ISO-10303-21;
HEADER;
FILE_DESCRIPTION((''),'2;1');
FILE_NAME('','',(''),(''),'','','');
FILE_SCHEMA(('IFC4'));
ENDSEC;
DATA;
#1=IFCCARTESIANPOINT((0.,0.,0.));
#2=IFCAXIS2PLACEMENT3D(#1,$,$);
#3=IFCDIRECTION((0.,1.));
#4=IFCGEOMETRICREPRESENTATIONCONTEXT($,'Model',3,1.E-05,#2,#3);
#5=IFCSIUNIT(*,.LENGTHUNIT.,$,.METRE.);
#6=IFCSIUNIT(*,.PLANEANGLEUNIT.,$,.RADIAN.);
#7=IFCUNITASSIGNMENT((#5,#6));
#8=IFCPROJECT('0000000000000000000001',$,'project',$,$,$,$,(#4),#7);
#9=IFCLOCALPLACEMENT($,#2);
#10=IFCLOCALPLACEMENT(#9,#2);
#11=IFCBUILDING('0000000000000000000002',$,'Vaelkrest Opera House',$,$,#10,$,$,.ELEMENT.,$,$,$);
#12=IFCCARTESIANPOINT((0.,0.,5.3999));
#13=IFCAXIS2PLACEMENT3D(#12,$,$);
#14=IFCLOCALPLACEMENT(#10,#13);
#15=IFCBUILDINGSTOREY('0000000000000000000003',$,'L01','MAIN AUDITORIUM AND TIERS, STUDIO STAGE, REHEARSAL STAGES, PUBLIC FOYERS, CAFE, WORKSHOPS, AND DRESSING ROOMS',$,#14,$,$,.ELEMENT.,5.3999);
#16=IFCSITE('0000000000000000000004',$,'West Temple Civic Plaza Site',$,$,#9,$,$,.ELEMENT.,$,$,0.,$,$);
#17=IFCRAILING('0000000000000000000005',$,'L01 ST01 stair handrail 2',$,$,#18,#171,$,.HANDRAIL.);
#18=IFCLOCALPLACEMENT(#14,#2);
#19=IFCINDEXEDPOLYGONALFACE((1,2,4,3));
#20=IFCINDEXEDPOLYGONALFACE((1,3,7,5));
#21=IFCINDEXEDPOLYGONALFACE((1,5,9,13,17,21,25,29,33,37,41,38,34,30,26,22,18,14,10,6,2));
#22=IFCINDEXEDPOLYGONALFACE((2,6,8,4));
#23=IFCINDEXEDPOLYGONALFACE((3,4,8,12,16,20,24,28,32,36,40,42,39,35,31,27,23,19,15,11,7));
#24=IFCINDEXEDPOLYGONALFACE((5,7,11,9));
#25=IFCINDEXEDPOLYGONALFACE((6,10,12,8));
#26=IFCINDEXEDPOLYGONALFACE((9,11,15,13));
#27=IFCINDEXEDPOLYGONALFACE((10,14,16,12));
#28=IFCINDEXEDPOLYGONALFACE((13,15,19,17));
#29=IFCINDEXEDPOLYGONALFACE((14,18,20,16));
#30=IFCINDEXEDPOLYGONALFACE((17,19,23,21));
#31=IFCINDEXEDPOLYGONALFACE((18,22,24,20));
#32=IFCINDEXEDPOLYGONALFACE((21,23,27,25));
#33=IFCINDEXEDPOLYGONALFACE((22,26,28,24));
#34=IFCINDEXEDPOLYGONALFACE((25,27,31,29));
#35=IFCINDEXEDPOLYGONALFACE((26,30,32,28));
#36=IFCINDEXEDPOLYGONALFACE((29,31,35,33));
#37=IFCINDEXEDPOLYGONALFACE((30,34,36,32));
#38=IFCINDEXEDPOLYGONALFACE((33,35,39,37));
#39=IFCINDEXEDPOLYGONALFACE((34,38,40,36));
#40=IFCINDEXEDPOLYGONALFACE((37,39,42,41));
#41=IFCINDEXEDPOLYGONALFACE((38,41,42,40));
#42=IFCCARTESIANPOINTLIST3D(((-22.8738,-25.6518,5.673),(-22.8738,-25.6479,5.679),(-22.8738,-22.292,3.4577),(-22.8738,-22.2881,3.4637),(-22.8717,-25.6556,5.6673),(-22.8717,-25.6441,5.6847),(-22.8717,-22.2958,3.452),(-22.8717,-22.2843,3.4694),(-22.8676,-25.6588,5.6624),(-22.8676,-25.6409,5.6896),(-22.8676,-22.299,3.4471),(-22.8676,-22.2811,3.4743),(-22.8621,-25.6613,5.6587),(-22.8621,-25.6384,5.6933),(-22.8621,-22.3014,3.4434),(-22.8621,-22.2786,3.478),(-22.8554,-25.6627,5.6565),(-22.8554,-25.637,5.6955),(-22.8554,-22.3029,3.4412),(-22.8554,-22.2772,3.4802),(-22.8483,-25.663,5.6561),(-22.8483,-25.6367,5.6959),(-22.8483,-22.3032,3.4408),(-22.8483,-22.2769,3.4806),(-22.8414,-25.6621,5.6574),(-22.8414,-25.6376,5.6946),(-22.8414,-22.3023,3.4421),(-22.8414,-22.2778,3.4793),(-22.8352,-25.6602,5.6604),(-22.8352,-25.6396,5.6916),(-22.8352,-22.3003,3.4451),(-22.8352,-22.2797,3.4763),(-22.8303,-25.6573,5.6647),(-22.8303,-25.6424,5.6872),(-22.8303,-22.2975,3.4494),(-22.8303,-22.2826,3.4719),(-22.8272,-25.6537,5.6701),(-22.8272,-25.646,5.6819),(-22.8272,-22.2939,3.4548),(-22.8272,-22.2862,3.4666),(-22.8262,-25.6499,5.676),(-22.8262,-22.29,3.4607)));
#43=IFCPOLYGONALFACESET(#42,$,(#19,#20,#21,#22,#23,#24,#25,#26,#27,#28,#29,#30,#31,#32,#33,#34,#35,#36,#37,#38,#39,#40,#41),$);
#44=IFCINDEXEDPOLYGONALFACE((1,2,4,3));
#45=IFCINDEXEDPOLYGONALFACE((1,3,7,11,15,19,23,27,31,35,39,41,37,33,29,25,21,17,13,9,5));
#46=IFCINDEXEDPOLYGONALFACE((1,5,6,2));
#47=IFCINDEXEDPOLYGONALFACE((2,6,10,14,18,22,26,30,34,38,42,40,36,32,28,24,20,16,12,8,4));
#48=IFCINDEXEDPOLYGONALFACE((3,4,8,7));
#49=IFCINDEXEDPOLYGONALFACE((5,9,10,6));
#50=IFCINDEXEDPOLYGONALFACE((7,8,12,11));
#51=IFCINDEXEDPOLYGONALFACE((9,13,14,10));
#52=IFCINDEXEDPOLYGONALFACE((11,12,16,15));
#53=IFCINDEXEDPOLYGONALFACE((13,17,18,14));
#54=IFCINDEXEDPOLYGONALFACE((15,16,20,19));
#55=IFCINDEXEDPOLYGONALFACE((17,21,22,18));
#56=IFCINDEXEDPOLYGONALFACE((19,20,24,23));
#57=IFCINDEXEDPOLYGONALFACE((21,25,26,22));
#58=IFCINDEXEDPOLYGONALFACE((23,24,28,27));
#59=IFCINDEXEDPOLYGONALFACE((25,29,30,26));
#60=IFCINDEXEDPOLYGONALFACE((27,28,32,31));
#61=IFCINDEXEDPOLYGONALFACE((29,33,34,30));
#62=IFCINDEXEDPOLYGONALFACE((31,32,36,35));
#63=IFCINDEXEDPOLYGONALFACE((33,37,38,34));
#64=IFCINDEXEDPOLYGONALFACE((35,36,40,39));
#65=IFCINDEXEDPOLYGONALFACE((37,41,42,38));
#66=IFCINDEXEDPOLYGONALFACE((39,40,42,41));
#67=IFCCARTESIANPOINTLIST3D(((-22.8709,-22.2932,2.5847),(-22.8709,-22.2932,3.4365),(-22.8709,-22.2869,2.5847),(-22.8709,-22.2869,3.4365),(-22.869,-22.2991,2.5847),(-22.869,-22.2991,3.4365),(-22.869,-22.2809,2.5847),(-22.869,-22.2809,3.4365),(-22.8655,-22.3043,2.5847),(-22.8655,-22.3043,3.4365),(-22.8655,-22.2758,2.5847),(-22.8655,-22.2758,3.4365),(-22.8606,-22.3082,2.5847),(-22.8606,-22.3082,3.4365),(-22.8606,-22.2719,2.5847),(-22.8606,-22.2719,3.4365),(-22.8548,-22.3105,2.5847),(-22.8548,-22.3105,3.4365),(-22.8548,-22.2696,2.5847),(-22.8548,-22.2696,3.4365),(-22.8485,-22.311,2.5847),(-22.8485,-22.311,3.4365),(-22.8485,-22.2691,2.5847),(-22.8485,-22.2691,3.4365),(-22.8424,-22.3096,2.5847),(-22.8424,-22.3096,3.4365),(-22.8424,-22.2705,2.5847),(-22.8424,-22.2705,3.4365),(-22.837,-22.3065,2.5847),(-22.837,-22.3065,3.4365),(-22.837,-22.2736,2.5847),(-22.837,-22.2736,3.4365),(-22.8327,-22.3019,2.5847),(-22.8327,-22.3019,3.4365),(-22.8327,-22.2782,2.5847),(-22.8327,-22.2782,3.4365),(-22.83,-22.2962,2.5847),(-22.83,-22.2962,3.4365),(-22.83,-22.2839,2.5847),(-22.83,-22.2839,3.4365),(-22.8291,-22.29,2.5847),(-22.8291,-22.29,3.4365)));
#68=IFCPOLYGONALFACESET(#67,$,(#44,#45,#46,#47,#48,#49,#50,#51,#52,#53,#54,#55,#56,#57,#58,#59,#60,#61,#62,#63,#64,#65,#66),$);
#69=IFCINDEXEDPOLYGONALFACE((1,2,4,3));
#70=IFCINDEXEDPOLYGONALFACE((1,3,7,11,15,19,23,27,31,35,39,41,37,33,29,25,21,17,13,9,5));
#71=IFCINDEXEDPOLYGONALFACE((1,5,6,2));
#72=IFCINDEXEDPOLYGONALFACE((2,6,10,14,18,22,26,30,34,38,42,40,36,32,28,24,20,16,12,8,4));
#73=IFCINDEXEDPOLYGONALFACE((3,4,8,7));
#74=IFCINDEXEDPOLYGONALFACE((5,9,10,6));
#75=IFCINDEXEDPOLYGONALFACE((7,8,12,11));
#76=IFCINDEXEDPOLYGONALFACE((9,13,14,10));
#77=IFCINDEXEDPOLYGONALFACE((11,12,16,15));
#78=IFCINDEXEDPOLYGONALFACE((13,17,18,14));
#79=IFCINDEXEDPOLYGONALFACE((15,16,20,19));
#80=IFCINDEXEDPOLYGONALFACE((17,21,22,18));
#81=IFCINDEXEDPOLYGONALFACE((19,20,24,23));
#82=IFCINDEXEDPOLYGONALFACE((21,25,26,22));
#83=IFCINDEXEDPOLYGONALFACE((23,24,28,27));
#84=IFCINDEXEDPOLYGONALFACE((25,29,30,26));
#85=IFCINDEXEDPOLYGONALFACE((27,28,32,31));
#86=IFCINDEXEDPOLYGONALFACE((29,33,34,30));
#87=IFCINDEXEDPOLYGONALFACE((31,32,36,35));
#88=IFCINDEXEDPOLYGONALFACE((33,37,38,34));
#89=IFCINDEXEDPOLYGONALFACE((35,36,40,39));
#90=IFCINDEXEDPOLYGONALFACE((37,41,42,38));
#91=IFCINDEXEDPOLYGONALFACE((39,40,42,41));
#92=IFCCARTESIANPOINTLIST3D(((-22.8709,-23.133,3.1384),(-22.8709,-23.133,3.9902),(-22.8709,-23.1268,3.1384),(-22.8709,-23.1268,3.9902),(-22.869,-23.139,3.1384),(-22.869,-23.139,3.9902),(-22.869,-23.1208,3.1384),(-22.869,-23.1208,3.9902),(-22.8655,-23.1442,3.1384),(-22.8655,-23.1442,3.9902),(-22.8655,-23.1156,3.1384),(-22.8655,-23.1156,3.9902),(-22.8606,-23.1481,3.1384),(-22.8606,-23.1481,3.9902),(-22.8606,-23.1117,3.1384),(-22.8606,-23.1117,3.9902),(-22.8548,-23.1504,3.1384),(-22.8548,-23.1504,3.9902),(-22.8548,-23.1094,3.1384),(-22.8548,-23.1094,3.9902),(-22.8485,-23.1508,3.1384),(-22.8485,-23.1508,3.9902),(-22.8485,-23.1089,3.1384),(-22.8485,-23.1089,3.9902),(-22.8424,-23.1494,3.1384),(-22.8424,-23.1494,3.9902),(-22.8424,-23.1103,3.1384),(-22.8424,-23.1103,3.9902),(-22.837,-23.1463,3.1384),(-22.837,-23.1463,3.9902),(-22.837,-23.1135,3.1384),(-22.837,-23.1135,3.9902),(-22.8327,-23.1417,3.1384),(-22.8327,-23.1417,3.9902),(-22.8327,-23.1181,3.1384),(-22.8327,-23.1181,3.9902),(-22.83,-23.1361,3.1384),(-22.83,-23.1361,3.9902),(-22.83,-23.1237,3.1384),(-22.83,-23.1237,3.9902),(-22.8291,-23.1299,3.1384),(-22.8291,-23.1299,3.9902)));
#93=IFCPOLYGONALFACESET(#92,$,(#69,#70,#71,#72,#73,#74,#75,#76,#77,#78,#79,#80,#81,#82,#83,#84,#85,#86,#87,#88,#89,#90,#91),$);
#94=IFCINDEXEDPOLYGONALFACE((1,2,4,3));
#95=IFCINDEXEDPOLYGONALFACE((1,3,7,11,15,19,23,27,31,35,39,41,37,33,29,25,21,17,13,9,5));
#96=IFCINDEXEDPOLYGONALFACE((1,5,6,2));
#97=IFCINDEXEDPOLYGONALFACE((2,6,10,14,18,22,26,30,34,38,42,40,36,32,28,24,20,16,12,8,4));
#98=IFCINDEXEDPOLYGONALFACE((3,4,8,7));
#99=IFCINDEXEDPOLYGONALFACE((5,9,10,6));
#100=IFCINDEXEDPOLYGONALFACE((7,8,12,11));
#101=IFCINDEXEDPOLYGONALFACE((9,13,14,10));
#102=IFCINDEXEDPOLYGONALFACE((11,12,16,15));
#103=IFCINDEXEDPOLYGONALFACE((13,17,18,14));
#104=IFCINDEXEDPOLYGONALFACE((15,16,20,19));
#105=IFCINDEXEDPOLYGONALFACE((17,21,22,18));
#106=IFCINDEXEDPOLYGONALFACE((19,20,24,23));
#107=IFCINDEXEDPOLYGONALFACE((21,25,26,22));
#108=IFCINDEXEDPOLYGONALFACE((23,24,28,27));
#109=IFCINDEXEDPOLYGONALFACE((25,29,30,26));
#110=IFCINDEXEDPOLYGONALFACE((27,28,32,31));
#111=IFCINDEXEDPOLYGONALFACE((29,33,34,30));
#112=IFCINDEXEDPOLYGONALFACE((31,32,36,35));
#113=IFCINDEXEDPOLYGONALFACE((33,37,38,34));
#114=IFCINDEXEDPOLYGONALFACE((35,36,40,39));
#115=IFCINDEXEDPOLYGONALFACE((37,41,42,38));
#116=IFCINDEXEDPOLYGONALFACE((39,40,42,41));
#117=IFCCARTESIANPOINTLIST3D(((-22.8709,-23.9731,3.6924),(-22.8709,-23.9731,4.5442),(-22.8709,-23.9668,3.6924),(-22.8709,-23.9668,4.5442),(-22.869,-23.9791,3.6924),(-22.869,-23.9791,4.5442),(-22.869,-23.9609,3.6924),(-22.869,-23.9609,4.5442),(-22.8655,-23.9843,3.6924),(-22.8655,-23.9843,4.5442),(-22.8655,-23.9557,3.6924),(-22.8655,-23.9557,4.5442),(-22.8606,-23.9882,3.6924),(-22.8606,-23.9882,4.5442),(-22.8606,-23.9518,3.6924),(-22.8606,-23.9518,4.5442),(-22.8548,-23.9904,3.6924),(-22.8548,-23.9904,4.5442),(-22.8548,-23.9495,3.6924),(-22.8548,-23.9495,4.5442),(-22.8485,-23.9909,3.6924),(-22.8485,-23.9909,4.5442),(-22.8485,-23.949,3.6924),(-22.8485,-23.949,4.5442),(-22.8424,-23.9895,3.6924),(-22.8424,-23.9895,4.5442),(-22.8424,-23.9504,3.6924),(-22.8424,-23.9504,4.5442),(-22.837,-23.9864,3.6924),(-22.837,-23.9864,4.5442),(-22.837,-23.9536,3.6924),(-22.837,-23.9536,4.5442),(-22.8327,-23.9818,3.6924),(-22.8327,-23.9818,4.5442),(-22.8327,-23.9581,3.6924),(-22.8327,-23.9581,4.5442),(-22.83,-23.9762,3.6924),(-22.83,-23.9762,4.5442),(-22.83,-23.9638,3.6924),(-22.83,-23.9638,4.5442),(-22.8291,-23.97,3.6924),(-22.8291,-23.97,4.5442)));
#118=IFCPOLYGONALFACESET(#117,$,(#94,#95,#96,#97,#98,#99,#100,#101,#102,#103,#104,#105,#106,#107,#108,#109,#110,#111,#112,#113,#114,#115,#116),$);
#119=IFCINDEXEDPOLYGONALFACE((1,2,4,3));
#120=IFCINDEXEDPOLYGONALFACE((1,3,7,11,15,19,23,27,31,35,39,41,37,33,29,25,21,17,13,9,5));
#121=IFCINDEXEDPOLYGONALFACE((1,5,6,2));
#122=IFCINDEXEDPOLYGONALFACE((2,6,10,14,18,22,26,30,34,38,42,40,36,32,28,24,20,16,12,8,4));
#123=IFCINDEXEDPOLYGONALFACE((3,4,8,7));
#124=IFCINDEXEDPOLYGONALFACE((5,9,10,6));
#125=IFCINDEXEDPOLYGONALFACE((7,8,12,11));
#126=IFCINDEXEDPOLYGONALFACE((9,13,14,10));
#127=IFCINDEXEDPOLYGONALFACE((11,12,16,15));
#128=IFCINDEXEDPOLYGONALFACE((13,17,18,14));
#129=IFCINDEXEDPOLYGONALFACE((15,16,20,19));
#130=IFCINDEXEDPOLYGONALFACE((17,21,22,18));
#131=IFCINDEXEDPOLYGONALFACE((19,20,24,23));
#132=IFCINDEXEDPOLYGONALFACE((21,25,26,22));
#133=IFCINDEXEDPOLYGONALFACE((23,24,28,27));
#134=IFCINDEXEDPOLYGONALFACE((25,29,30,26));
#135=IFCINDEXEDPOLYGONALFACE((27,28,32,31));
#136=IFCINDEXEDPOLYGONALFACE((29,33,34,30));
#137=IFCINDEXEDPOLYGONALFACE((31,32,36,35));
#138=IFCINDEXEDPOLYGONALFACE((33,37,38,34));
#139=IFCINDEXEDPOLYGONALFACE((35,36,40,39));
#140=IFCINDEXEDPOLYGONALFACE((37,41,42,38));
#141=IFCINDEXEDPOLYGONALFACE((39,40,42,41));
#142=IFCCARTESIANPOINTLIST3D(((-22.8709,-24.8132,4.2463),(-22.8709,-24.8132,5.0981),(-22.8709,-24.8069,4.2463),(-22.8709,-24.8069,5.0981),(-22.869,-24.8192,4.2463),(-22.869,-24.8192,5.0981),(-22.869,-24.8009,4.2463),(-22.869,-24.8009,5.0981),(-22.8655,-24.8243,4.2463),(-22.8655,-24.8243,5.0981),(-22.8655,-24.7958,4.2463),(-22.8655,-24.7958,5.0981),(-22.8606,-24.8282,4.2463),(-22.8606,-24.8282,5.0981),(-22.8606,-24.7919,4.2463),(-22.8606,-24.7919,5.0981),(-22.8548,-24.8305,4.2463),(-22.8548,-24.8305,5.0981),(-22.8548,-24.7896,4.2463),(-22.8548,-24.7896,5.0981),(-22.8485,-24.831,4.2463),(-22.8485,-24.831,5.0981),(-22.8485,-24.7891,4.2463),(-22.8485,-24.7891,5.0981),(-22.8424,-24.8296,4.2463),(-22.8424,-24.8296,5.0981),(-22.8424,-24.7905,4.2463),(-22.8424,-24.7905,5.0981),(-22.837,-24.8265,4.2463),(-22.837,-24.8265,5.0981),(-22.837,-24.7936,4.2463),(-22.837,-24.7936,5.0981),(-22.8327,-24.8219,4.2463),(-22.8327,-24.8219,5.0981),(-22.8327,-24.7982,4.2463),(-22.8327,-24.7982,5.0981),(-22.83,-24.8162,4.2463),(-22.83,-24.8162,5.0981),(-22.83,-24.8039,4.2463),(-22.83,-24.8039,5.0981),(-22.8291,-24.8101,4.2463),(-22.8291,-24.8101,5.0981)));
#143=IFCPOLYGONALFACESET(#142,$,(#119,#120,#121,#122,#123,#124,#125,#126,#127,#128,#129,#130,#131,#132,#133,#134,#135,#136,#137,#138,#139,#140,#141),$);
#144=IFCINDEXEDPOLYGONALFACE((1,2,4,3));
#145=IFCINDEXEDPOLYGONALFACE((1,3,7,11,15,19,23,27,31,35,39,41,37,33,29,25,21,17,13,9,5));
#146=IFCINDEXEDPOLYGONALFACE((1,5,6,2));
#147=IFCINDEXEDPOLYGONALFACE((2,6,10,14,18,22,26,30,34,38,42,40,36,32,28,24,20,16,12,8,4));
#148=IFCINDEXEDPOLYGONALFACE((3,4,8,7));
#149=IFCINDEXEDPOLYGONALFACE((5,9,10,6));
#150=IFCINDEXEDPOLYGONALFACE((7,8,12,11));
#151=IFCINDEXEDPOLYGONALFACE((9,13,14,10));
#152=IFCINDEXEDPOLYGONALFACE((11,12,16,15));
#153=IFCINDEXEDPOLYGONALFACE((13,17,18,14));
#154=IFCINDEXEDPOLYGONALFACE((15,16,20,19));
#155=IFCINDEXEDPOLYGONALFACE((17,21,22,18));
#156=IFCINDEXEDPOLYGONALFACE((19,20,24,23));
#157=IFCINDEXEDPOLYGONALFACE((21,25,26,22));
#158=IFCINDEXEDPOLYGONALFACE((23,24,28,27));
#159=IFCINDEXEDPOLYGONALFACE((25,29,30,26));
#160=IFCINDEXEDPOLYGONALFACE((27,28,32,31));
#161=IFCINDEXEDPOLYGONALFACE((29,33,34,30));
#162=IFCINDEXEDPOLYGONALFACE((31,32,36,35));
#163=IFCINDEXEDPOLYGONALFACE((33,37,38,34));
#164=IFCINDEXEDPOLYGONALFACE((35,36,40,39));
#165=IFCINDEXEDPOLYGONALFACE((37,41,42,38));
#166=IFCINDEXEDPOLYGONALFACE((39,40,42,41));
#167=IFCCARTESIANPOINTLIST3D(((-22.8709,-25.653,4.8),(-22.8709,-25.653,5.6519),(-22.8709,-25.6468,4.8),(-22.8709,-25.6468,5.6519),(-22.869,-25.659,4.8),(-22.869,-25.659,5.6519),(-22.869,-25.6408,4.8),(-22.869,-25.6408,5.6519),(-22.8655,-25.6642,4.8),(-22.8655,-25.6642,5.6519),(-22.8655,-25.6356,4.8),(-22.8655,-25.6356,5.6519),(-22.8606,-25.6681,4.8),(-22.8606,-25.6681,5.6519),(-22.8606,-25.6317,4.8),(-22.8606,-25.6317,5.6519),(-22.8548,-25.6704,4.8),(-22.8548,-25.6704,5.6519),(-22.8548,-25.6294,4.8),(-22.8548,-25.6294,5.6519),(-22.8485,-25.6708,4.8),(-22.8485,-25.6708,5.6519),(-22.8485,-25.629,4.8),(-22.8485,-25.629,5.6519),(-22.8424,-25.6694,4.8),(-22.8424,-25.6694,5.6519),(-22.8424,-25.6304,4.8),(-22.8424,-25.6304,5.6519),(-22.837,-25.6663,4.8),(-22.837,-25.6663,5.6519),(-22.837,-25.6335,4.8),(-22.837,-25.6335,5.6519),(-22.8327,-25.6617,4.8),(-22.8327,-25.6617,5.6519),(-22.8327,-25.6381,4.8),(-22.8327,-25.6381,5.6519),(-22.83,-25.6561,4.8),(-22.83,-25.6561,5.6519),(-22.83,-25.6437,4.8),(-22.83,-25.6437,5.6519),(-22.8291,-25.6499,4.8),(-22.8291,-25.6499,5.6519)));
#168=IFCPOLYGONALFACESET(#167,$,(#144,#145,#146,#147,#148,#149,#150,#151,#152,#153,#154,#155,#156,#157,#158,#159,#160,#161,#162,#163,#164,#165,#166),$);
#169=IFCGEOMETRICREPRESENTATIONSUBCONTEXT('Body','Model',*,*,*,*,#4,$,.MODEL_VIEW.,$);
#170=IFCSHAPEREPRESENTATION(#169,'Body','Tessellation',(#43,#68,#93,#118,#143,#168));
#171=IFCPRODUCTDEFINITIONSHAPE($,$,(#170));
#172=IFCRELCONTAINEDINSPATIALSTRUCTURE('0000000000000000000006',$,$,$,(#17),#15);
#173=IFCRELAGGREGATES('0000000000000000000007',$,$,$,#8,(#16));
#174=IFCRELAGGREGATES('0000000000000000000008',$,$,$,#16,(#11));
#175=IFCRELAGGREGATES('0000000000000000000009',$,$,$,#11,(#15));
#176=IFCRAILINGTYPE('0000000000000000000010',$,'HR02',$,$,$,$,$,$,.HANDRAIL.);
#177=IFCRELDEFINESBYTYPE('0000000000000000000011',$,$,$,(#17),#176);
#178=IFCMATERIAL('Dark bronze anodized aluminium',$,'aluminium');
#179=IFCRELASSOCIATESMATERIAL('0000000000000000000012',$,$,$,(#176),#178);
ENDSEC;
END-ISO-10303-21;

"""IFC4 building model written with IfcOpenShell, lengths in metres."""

from ifc_helpers import new_model, si_unit, direction, frame, origin, origin_2d, place, context, subcontext, project, spatial, circle, extrude, material, type_object, element, save


model = new_model("IFC4")

# Units and contexts
model_context = context("Model", 3, precision=1e-05, world=origin(), true_north=direction((0.0, 1.0)))
body_context = subcontext(model_context, "Body", "Model", "MODEL_VIEW")
ifc_project = project(units=[si_unit("LENGTHUNIT", "METRE"), si_unit("PLANEANGLEUNIT", "RADIAN")], contexts=[model_context])

# Site, building, storey
site_placement = place(None, origin())
site = spatial("IfcSite", under=ifc_project, at=site_placement, Name="West Temple Civic Plaza Site", CompositionType="ELEMENT", RefElevation=0.0)
building_placement = place(site_placement, origin())
building = spatial("IfcBuilding", under=site, at=building_placement, Name="Vaelkrest Opera House", CompositionType="ELEMENT")
storey_placement = place(building_placement, frame((0.0, 0.0, 5.3999)))
storey = spatial("IfcBuildingStorey", under=building, at=storey_placement, Name="L01", Description="MAIN AUDITORIUM AND TIERS, STUDIO STAGE, REHEARSAL STAGES, PUBLIC FOYERS, CAFE, WORKSHOPS, AND DRESSING ROOMS", CompositionType="ELEMENT", Elevation=5.3999)

# Shared definitions
ifc_material_1 = material(Name="Dark bronze anodized aluminium", Category="aluminium")

# Railing
railing_type_1 = type_object("IfcRailingType", Name="HR02", PredefinedType="HANDRAIL", material=ifc_material_1)
railing_1_placement = place(storey_placement, frame((-22.8501, -22.29, 2.5847)))
element("IfcRailing", 1, at=railing_1_placement, inside=storey, type_object=railing_type_1, Name="L01 ST01 stair handrail 2", PredefinedType="HANDRAIL", context=body_context, shape_type="SweptSolid", body=[
    extrude(circle(Radius=0.0239, at=origin_2d()), frame((0.0, 0.0, 0.876), z_axis=(0.0, -0.834858, 0.550465), x_axis=(1.0, 0.0, 0.0)), (0.0, 0.0, 1.0), 4.0244),
    extrude(circle(Radius=0.021, at=origin_2d()), origin(), (0.0, 0.0, 1.0), 0.8518),
    extrude(circle(Radius=0.021, at=origin_2d()), frame((0.0, -0.8398, 0.5537)), (0.0, 0.0, 1.0), 0.8518),
    extrude(circle(Radius=0.021, at=origin_2d()), frame((0.0, -1.6799, 1.1077)), (0.0, 0.0, 1.0), 0.8518),
    extrude(circle(Radius=0.021, at=origin_2d()), frame((0.0, -2.52, 1.6616)), (0.0, 0.0, 1.0), 0.8518),
    extrude(circle(Radius=0.021, at=origin_2d()), frame((0.0, -3.3599, 2.2153)), (0.0, 0.0, 1.0), 0.8518),
])

save(model, "model.ifc")
